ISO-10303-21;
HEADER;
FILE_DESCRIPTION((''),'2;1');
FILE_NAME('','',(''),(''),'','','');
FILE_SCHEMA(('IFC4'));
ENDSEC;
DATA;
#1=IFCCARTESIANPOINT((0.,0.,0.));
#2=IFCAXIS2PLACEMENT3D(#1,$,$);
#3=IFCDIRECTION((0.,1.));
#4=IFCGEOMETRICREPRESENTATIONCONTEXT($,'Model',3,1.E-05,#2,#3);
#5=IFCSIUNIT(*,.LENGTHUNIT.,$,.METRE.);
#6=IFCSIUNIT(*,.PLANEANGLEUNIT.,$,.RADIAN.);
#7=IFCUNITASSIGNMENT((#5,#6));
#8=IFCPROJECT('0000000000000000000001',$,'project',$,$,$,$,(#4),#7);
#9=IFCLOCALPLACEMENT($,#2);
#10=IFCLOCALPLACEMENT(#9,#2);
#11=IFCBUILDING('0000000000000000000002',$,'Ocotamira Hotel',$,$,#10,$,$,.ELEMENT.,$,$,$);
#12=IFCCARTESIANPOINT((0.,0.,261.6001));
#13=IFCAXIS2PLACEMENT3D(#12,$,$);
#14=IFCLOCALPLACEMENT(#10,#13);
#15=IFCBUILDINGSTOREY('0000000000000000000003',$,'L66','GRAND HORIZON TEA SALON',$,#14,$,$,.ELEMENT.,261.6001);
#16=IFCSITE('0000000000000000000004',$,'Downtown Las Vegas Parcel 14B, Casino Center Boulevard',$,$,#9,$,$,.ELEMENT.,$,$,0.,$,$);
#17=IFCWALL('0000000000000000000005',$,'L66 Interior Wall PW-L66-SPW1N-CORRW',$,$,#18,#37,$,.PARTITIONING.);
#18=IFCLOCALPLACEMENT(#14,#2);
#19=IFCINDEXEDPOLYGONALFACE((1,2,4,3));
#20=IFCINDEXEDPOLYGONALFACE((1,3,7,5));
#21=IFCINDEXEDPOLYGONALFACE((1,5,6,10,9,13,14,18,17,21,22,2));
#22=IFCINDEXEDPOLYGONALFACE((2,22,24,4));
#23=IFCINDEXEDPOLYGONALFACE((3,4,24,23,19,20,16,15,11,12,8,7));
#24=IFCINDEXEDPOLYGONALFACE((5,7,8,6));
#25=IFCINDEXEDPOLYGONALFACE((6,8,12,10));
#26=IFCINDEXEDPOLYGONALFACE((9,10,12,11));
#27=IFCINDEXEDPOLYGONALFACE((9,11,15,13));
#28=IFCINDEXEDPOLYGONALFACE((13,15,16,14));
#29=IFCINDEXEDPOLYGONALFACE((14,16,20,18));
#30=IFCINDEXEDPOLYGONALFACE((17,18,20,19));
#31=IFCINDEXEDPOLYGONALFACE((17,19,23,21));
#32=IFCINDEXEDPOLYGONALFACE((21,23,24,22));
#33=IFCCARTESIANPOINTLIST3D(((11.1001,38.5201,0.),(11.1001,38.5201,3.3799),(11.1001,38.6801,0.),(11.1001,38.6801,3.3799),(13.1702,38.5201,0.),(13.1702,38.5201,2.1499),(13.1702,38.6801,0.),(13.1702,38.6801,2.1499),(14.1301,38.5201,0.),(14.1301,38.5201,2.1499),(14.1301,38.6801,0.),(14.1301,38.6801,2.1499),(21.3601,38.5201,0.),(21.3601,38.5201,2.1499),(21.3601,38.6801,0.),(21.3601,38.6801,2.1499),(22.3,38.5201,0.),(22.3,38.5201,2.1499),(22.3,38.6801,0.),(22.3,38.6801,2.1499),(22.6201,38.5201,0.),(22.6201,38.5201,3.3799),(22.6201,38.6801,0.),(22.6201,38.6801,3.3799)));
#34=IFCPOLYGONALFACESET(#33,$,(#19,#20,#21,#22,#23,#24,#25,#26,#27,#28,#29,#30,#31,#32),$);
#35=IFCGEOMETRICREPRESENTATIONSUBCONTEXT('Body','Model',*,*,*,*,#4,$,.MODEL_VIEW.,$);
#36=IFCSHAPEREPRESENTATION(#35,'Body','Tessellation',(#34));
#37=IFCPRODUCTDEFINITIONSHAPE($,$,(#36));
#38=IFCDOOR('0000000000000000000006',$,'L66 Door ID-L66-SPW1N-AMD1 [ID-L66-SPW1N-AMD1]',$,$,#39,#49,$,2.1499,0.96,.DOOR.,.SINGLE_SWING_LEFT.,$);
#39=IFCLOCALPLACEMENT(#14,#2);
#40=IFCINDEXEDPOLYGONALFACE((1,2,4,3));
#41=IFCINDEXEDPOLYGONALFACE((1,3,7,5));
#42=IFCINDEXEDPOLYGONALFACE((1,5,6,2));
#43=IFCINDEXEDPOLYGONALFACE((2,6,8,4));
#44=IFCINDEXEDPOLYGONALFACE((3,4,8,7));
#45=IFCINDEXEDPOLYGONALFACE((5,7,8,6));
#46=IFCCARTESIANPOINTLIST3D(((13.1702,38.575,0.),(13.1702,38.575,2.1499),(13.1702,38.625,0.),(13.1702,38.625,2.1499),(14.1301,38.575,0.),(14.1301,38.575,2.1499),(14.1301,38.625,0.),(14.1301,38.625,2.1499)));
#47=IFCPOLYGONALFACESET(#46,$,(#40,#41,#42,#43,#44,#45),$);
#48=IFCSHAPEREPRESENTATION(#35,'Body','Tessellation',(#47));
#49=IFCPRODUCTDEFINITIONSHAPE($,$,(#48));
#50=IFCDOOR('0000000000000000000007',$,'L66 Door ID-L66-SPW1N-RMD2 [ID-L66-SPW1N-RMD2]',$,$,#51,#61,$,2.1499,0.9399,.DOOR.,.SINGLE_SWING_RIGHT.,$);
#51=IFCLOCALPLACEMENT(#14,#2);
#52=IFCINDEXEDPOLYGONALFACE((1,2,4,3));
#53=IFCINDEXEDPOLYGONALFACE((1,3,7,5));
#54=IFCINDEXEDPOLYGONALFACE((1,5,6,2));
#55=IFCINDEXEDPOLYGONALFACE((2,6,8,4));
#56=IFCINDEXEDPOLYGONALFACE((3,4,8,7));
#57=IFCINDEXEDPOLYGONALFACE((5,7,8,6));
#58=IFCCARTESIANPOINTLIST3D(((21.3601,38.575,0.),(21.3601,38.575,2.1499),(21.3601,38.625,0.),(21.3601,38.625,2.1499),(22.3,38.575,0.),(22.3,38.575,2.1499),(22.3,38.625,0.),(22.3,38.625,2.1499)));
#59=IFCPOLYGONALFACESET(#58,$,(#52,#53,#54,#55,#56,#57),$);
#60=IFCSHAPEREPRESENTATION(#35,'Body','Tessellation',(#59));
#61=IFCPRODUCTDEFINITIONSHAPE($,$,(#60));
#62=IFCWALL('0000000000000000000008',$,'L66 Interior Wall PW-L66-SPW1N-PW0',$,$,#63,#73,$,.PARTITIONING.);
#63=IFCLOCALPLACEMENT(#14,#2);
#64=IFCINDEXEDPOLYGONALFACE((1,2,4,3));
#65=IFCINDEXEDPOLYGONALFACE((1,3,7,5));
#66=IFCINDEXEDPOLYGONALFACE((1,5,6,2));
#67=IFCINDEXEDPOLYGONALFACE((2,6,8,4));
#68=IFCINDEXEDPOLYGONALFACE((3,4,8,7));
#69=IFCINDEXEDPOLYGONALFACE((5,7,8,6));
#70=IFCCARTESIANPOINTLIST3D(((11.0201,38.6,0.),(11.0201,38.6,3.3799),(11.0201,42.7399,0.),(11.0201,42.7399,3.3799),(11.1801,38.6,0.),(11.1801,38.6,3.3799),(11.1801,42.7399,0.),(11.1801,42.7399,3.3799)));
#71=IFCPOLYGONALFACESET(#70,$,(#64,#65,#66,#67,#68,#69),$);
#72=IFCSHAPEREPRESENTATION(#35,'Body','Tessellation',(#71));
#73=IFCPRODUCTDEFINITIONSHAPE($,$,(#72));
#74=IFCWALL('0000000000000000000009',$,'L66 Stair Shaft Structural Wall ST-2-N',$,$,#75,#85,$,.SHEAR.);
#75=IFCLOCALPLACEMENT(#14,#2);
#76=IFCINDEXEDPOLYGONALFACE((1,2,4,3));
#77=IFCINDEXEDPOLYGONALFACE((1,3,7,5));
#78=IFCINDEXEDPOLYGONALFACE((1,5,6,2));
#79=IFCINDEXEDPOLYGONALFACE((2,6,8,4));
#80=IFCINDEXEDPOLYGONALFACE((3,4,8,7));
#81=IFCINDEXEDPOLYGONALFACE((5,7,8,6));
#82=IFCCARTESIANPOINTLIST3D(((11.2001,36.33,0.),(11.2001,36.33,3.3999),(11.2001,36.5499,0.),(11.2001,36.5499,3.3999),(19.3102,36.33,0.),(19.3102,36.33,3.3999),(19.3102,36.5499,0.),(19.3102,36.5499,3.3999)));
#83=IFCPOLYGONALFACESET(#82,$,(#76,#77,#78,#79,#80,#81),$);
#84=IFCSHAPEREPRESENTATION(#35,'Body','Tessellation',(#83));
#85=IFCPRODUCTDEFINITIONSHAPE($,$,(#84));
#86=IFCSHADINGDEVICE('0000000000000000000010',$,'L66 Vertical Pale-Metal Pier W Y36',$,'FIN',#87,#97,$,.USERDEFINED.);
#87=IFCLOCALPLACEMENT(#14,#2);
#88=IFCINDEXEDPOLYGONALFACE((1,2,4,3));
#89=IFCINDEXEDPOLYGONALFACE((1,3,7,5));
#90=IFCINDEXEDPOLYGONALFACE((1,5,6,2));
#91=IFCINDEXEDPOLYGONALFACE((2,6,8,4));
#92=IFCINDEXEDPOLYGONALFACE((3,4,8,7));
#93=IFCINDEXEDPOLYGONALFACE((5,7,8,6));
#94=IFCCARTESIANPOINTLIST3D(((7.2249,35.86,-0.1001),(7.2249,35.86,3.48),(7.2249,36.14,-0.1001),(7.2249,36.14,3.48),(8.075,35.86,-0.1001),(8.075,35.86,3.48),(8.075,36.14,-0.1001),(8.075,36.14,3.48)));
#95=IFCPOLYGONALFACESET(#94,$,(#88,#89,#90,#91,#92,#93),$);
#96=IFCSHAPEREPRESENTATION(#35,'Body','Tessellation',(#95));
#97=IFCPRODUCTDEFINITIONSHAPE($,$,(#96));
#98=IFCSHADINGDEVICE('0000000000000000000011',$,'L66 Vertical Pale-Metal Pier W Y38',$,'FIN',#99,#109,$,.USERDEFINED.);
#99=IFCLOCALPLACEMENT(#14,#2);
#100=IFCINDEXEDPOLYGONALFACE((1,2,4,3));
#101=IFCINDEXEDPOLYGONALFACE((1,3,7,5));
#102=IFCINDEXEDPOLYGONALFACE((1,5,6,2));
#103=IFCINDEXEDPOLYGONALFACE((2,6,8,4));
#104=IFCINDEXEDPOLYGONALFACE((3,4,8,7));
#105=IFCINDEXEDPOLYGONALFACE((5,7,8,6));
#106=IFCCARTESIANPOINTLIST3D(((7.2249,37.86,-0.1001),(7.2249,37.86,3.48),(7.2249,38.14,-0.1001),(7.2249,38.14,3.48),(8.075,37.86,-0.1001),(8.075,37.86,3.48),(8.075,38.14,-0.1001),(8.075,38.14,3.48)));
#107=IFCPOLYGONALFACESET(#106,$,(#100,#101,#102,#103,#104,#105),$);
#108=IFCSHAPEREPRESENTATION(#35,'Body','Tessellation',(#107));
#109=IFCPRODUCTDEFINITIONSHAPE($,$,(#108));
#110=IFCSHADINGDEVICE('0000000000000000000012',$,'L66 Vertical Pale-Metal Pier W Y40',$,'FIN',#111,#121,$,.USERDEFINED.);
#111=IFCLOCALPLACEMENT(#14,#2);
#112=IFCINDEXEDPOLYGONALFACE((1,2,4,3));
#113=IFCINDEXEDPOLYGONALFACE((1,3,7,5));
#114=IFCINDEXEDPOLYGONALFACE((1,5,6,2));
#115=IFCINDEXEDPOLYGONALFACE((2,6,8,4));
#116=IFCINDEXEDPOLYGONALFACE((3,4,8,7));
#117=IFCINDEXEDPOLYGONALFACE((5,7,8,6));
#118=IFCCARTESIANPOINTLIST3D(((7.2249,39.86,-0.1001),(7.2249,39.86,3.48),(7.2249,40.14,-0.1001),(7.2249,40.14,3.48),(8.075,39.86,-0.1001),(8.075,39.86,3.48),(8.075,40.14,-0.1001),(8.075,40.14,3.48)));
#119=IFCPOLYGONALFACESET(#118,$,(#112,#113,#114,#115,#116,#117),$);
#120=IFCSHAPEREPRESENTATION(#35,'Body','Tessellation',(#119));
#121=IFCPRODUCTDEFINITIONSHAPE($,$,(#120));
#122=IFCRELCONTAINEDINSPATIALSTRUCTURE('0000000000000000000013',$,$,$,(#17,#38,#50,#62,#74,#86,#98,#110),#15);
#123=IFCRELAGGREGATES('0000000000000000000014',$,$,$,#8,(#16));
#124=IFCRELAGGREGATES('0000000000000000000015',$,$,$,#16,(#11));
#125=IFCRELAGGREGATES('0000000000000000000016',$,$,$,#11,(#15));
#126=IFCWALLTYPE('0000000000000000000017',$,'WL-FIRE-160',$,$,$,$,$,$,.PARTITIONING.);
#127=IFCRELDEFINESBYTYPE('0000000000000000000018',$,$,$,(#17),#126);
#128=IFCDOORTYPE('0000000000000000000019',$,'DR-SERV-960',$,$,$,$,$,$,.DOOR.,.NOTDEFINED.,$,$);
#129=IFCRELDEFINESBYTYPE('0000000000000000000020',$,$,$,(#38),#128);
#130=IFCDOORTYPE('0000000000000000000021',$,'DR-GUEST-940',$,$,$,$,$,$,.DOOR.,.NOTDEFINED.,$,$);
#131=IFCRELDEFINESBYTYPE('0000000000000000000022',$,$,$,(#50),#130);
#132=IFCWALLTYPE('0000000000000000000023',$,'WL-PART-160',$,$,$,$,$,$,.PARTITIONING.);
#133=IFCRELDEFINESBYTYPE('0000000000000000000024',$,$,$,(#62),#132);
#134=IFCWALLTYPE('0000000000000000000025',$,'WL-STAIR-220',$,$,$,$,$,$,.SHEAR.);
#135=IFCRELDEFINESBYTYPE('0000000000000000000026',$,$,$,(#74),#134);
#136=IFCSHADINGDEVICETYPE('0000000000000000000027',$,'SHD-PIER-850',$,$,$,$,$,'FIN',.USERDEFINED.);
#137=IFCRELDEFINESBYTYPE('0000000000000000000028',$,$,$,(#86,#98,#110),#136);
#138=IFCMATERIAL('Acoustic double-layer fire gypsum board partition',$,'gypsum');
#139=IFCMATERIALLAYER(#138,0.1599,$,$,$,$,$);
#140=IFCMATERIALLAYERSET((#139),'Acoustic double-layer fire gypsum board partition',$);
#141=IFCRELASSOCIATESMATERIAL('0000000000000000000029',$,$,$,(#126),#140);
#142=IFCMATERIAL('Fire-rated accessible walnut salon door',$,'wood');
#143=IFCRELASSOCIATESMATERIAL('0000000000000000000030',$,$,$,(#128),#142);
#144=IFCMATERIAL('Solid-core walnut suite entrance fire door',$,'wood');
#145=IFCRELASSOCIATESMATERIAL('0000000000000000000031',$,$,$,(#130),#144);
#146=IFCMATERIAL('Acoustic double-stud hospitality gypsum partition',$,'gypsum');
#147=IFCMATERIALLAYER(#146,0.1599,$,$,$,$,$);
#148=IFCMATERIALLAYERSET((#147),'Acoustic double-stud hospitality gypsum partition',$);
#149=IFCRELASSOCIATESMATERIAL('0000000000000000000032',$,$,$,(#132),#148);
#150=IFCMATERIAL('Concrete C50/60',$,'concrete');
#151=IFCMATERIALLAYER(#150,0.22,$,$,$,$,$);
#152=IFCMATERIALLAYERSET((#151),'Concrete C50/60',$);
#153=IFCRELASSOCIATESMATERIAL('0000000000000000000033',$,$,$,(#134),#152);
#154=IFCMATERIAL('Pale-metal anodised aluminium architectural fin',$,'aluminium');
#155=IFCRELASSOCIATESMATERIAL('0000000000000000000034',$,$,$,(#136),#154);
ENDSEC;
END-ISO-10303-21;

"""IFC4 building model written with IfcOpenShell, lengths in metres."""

from ifc_helpers import new_model, si_unit, direction, frame, frame_2d, origin, origin_2d, place, context, subcontext, project, spatial, rectangle, extrude, source, transform, mapped, material, layer, layer_set, type_object, element, fill, save


model = new_model("IFC4")

# Units and contexts
model_context = context("Model", 3, precision=1e-05, world=origin(), true_north=direction((0.0, 1.0)))
body_context = subcontext(model_context, "Body", "Model", "MODEL_VIEW")
ifc_project = project(units=[si_unit("LENGTHUNIT", "METRE"), si_unit("PLANEANGLEUNIT", "RADIAN")], contexts=[model_context])

# Site, building, storey
site_placement = place(None, origin())
site = spatial("IfcSite", under=ifc_project, at=site_placement, Name="Downtown Las Vegas Parcel 14B, Casino Center Boulevard", CompositionType="ELEMENT", RefElevation=0.0)
building_placement = place(site_placement, origin())
building = spatial("IfcBuilding", under=site, at=building_placement, Name="Ocotamira Hotel", CompositionType="ELEMENT")
storey_placement = place(building_placement, frame((0.0, 0.0, 261.6001)))
storey = spatial("IfcBuildingStorey", under=building, at=storey_placement, Name="L66", Description="GRAND HORIZON TEA SALON", CompositionType="ELEMENT", Elevation=261.6001)

# Shared definitions
ifc_material_1 = material(Name="Concrete C50/60", Category="concrete")

# Wall, openings, doors
ifc_material_2 = material(Name="Acoustic double-layer fire gypsum board partition", Category="gypsum")
ifc_layer_1 = layer(ifc_material_2, 0.1599)
ifc_layer_set_1 = layer_set([ifc_layer_1], Name="Acoustic double-layer fire gypsum board partition")
wall_type_1 = type_object("IfcWallType", Name="WL-FIRE-160", PredefinedType="PARTITIONING", material=ifc_layer_set_1)
wall_1_placement = place(storey_placement, frame((11.1001, 38.6001, 0.0), z_axis=(0.0, 0.0, 1.0), x_axis=(1.0, 0.0, 0.0)))
wall_1 = element("IfcWall", 1, at=wall_1_placement, inside=storey, type_object=wall_type_1, Name="L66 Interior Wall PW-L66-SPW1N-CORRW", PredefinedType="PARTITIONING", context=body_context, shape_type="SweptSolid", body=[
    extrude(rectangle(XDim=11.52, YDim=0.1599, at=frame_2d((5.76, 0.0))), origin(), (0.0, 0.0, 1.0), 3.3799),
])
opening_1_placement = place(wall_1_placement, frame((2.0701, 0.0, 0.0)))
opening_1 = element("IfcOpeningElement", 2, at=opening_1_placement, cuts=wall_1, PredefinedType="OPENING", context=body_context, shape_type="SweptSolid", body=[
    extrude(rectangle(XDim=0.96, YDim=2.1499, at=frame_2d((0.48, 1.075))), frame((0.0, 0.0898, 0.0), z_axis=(0.0, -1.0, 0.0), x_axis=(1.0, 0.0, 0.0)), (0.0, 0.0, 1.0), 0.1799),
])
opening_2_placement = place(wall_1_placement, frame((10.26, 0.0, 0.0)))
opening_2 = element("IfcOpeningElement", 3, at=opening_2_placement, cuts=wall_1, PredefinedType="OPENING", context=body_context, shape_type="SweptSolid", body=[
    extrude(rectangle(XDim=0.9399, YDim=2.1499, at=frame_2d((0.47, 1.075))), frame((0.0, 0.0898, 0.0), z_axis=(0.0, -1.0, 0.0), x_axis=(1.0, 0.0, 0.0)), (0.0, 0.0, 1.0), 0.1799),
])
ifc_material_3 = material(Name="Fire-rated accessible walnut salon door", Category="wood")
door_type_1 = type_object("IfcDoorType", Name="DR-SERV-960", OperationType="NOTDEFINED", PredefinedType="DOOR", material=ifc_material_3)
shared_shape_1 = source(origin(), body_context, "Body", "SweptSolid", [
    extrude(rectangle(XDim=0.96, YDim=2.1499, at=frame_2d((0.48, 1.075))), frame((0.0, 0.0249, 0.0), z_axis=(0.0, -1.0, 0.0), x_axis=(1.0, 0.0, 0.0)), (0.0, 0.0, 1.0), 0.05),
])
door_1_placement = place(opening_1_placement, origin())
door_1 = element("IfcDoor", 4, at=door_1_placement, inside=storey, type_object=door_type_1, Name="L66 Door ID-L66-SPW1N-AMD1 [ID-L66-SPW1N-AMD1]", OperationType="SINGLE_SWING_LEFT", OverallHeight=2.1499, OverallWidth=0.96, PredefinedType="DOOR", context=body_context, shape_type="MappedRepresentation", body=[
    mapped(shared_shape_1, transform((0.0, 0.0, 0.0), scale=1.0)),
])
fill(opening_1, door_1)
ifc_material_4 = material(Name="Solid-core walnut suite entrance fire door", Category="wood")
door_type_2 = type_object("IfcDoorType", Name="DR-GUEST-940", OperationType="NOTDEFINED", PredefinedType="DOOR", material=ifc_material_4)
shared_shape_2 = source(origin(), body_context, "Body", "SweptSolid", [
    extrude(rectangle(XDim=0.9399, YDim=2.1499, at=frame_2d((0.47, 1.075))), frame((0.0, 0.0249, 0.0), z_axis=(0.0, -1.0, 0.0), x_axis=(1.0, 0.0, 0.0)), (0.0, 0.0, 1.0), 0.05),
])
door_2_placement = place(opening_2_placement, origin())
door_2 = element("IfcDoor", 5, at=door_2_placement, inside=storey, type_object=door_type_2, Name="L66 Door ID-L66-SPW1N-RMD2 [ID-L66-SPW1N-RMD2]", OperationType="SINGLE_SWING_RIGHT", OverallHeight=2.1499, OverallWidth=0.9399, PredefinedType="DOOR", context=body_context, shape_type="MappedRepresentation", body=[
    mapped(shared_shape_2, transform((0.0, 0.0, 0.0), scale=1.0)),
])
fill(opening_2, door_2)

# Walls
ifc_material_5 = material(Name="Acoustic double-stud hospitality gypsum partition", Category="gypsum")
ifc_layer_2 = layer(ifc_material_5, 0.1599)
ifc_layer_set_2 = layer_set([ifc_layer_2], Name="Acoustic double-stud hospitality gypsum partition")
wall_type_2 = type_object("IfcWallType", Name="WL-PART-160", PredefinedType="PARTITIONING", material=ifc_layer_set_2)
wall_2_placement = place(storey_placement, frame((11.1001, 38.6001, 0.0), z_axis=(0.0, 0.0, 1.0), x_axis=(0.0, 1.0, 0.0)))
element("IfcWall", 6, at=wall_2_placement, inside=storey, type_object=wall_type_2, Name="L66 Interior Wall PW-L66-SPW1N-PW0", PredefinedType="PARTITIONING", context=body_context, shape_type="SweptSolid", body=[
    extrude(rectangle(XDim=4.1399, YDim=0.1599, at=frame_2d((2.0698, 0.0))), origin(), (0.0, 0.0, 1.0), 3.3799),
])
ifc_layer_3 = layer(ifc_material_1, 0.22)
ifc_layer_set_3 = layer_set([ifc_layer_3], Name="Concrete C50/60")
wall_type_3 = type_object("IfcWallType", Name="WL-STAIR-220", PredefinedType="SHEAR", material=ifc_layer_set_3)
wall_3_placement = place(storey_placement, frame((11.2, 36.4399, 0.0), z_axis=(0.0, 0.0, 1.0), x_axis=(1.0, 0.0, 0.0)))
element("IfcWall", 7, at=wall_3_placement, inside=storey, type_object=wall_type_3, Name="L66 Stair Shaft Structural Wall ST-2-N", PredefinedType="SHEAR", context=body_context, shape_type="SweptSolid", body=[
    extrude(rectangle(XDim=8.1101, YDim=0.22, at=frame_2d((4.0552, 0.0))), origin(), (0.0, 0.0, 1.0), 3.3999),
])

# Shading devices
ifc_material_6 = material(Name="Pale-metal anodised aluminium architectural fin", Category="aluminium")
shading_device_type = type_object("IfcShadingDeviceType", Name="SHD-PIER-850", ElementType="FIN", PredefinedType="USERDEFINED", material=ifc_material_6)
shared_shape_3 = source(origin(), body_context, "Body", "SweptSolid", [
    extrude(rectangle(XDim=0.8501, YDim=0.28, at=origin_2d()), origin(), (0.0, 0.0, 1.0), 3.5801),
])
for number, where, z_axis, x_axis, name in (
    (8, (7.6499, 36.0, -0.1001), (0.0, 0.0, 1.0), (1.0, 0.0, 0.0), "L66 Vertical Pale-Metal Pier W Y36"),
    (9, (7.6499, 38.0, -0.1001), (0.0, 0.0, 1.0), (1.0, 0.0, 0.0), "L66 Vertical Pale-Metal Pier W Y38"),
    (10, (7.6499, 40.0, -0.1001), (0.0, 0.0, 1.0), (1.0, 0.0, 0.0), "L66 Vertical Pale-Metal Pier W Y40"),
):
    element("IfcShadingDevice", number, at=place(storey_placement, frame(where, z_axis=z_axis, x_axis=x_axis)), inside=storey, type_object=shading_device_type, Name=name, ObjectType="FIN", PredefinedType="USERDEFINED", context=body_context, shape_type="MappedRepresentation", body=[
        mapped(shared_shape_3, transform((0.0, 0.0, 0.0), scale=1.0)),
    ])

save(model, "model.ifc")
